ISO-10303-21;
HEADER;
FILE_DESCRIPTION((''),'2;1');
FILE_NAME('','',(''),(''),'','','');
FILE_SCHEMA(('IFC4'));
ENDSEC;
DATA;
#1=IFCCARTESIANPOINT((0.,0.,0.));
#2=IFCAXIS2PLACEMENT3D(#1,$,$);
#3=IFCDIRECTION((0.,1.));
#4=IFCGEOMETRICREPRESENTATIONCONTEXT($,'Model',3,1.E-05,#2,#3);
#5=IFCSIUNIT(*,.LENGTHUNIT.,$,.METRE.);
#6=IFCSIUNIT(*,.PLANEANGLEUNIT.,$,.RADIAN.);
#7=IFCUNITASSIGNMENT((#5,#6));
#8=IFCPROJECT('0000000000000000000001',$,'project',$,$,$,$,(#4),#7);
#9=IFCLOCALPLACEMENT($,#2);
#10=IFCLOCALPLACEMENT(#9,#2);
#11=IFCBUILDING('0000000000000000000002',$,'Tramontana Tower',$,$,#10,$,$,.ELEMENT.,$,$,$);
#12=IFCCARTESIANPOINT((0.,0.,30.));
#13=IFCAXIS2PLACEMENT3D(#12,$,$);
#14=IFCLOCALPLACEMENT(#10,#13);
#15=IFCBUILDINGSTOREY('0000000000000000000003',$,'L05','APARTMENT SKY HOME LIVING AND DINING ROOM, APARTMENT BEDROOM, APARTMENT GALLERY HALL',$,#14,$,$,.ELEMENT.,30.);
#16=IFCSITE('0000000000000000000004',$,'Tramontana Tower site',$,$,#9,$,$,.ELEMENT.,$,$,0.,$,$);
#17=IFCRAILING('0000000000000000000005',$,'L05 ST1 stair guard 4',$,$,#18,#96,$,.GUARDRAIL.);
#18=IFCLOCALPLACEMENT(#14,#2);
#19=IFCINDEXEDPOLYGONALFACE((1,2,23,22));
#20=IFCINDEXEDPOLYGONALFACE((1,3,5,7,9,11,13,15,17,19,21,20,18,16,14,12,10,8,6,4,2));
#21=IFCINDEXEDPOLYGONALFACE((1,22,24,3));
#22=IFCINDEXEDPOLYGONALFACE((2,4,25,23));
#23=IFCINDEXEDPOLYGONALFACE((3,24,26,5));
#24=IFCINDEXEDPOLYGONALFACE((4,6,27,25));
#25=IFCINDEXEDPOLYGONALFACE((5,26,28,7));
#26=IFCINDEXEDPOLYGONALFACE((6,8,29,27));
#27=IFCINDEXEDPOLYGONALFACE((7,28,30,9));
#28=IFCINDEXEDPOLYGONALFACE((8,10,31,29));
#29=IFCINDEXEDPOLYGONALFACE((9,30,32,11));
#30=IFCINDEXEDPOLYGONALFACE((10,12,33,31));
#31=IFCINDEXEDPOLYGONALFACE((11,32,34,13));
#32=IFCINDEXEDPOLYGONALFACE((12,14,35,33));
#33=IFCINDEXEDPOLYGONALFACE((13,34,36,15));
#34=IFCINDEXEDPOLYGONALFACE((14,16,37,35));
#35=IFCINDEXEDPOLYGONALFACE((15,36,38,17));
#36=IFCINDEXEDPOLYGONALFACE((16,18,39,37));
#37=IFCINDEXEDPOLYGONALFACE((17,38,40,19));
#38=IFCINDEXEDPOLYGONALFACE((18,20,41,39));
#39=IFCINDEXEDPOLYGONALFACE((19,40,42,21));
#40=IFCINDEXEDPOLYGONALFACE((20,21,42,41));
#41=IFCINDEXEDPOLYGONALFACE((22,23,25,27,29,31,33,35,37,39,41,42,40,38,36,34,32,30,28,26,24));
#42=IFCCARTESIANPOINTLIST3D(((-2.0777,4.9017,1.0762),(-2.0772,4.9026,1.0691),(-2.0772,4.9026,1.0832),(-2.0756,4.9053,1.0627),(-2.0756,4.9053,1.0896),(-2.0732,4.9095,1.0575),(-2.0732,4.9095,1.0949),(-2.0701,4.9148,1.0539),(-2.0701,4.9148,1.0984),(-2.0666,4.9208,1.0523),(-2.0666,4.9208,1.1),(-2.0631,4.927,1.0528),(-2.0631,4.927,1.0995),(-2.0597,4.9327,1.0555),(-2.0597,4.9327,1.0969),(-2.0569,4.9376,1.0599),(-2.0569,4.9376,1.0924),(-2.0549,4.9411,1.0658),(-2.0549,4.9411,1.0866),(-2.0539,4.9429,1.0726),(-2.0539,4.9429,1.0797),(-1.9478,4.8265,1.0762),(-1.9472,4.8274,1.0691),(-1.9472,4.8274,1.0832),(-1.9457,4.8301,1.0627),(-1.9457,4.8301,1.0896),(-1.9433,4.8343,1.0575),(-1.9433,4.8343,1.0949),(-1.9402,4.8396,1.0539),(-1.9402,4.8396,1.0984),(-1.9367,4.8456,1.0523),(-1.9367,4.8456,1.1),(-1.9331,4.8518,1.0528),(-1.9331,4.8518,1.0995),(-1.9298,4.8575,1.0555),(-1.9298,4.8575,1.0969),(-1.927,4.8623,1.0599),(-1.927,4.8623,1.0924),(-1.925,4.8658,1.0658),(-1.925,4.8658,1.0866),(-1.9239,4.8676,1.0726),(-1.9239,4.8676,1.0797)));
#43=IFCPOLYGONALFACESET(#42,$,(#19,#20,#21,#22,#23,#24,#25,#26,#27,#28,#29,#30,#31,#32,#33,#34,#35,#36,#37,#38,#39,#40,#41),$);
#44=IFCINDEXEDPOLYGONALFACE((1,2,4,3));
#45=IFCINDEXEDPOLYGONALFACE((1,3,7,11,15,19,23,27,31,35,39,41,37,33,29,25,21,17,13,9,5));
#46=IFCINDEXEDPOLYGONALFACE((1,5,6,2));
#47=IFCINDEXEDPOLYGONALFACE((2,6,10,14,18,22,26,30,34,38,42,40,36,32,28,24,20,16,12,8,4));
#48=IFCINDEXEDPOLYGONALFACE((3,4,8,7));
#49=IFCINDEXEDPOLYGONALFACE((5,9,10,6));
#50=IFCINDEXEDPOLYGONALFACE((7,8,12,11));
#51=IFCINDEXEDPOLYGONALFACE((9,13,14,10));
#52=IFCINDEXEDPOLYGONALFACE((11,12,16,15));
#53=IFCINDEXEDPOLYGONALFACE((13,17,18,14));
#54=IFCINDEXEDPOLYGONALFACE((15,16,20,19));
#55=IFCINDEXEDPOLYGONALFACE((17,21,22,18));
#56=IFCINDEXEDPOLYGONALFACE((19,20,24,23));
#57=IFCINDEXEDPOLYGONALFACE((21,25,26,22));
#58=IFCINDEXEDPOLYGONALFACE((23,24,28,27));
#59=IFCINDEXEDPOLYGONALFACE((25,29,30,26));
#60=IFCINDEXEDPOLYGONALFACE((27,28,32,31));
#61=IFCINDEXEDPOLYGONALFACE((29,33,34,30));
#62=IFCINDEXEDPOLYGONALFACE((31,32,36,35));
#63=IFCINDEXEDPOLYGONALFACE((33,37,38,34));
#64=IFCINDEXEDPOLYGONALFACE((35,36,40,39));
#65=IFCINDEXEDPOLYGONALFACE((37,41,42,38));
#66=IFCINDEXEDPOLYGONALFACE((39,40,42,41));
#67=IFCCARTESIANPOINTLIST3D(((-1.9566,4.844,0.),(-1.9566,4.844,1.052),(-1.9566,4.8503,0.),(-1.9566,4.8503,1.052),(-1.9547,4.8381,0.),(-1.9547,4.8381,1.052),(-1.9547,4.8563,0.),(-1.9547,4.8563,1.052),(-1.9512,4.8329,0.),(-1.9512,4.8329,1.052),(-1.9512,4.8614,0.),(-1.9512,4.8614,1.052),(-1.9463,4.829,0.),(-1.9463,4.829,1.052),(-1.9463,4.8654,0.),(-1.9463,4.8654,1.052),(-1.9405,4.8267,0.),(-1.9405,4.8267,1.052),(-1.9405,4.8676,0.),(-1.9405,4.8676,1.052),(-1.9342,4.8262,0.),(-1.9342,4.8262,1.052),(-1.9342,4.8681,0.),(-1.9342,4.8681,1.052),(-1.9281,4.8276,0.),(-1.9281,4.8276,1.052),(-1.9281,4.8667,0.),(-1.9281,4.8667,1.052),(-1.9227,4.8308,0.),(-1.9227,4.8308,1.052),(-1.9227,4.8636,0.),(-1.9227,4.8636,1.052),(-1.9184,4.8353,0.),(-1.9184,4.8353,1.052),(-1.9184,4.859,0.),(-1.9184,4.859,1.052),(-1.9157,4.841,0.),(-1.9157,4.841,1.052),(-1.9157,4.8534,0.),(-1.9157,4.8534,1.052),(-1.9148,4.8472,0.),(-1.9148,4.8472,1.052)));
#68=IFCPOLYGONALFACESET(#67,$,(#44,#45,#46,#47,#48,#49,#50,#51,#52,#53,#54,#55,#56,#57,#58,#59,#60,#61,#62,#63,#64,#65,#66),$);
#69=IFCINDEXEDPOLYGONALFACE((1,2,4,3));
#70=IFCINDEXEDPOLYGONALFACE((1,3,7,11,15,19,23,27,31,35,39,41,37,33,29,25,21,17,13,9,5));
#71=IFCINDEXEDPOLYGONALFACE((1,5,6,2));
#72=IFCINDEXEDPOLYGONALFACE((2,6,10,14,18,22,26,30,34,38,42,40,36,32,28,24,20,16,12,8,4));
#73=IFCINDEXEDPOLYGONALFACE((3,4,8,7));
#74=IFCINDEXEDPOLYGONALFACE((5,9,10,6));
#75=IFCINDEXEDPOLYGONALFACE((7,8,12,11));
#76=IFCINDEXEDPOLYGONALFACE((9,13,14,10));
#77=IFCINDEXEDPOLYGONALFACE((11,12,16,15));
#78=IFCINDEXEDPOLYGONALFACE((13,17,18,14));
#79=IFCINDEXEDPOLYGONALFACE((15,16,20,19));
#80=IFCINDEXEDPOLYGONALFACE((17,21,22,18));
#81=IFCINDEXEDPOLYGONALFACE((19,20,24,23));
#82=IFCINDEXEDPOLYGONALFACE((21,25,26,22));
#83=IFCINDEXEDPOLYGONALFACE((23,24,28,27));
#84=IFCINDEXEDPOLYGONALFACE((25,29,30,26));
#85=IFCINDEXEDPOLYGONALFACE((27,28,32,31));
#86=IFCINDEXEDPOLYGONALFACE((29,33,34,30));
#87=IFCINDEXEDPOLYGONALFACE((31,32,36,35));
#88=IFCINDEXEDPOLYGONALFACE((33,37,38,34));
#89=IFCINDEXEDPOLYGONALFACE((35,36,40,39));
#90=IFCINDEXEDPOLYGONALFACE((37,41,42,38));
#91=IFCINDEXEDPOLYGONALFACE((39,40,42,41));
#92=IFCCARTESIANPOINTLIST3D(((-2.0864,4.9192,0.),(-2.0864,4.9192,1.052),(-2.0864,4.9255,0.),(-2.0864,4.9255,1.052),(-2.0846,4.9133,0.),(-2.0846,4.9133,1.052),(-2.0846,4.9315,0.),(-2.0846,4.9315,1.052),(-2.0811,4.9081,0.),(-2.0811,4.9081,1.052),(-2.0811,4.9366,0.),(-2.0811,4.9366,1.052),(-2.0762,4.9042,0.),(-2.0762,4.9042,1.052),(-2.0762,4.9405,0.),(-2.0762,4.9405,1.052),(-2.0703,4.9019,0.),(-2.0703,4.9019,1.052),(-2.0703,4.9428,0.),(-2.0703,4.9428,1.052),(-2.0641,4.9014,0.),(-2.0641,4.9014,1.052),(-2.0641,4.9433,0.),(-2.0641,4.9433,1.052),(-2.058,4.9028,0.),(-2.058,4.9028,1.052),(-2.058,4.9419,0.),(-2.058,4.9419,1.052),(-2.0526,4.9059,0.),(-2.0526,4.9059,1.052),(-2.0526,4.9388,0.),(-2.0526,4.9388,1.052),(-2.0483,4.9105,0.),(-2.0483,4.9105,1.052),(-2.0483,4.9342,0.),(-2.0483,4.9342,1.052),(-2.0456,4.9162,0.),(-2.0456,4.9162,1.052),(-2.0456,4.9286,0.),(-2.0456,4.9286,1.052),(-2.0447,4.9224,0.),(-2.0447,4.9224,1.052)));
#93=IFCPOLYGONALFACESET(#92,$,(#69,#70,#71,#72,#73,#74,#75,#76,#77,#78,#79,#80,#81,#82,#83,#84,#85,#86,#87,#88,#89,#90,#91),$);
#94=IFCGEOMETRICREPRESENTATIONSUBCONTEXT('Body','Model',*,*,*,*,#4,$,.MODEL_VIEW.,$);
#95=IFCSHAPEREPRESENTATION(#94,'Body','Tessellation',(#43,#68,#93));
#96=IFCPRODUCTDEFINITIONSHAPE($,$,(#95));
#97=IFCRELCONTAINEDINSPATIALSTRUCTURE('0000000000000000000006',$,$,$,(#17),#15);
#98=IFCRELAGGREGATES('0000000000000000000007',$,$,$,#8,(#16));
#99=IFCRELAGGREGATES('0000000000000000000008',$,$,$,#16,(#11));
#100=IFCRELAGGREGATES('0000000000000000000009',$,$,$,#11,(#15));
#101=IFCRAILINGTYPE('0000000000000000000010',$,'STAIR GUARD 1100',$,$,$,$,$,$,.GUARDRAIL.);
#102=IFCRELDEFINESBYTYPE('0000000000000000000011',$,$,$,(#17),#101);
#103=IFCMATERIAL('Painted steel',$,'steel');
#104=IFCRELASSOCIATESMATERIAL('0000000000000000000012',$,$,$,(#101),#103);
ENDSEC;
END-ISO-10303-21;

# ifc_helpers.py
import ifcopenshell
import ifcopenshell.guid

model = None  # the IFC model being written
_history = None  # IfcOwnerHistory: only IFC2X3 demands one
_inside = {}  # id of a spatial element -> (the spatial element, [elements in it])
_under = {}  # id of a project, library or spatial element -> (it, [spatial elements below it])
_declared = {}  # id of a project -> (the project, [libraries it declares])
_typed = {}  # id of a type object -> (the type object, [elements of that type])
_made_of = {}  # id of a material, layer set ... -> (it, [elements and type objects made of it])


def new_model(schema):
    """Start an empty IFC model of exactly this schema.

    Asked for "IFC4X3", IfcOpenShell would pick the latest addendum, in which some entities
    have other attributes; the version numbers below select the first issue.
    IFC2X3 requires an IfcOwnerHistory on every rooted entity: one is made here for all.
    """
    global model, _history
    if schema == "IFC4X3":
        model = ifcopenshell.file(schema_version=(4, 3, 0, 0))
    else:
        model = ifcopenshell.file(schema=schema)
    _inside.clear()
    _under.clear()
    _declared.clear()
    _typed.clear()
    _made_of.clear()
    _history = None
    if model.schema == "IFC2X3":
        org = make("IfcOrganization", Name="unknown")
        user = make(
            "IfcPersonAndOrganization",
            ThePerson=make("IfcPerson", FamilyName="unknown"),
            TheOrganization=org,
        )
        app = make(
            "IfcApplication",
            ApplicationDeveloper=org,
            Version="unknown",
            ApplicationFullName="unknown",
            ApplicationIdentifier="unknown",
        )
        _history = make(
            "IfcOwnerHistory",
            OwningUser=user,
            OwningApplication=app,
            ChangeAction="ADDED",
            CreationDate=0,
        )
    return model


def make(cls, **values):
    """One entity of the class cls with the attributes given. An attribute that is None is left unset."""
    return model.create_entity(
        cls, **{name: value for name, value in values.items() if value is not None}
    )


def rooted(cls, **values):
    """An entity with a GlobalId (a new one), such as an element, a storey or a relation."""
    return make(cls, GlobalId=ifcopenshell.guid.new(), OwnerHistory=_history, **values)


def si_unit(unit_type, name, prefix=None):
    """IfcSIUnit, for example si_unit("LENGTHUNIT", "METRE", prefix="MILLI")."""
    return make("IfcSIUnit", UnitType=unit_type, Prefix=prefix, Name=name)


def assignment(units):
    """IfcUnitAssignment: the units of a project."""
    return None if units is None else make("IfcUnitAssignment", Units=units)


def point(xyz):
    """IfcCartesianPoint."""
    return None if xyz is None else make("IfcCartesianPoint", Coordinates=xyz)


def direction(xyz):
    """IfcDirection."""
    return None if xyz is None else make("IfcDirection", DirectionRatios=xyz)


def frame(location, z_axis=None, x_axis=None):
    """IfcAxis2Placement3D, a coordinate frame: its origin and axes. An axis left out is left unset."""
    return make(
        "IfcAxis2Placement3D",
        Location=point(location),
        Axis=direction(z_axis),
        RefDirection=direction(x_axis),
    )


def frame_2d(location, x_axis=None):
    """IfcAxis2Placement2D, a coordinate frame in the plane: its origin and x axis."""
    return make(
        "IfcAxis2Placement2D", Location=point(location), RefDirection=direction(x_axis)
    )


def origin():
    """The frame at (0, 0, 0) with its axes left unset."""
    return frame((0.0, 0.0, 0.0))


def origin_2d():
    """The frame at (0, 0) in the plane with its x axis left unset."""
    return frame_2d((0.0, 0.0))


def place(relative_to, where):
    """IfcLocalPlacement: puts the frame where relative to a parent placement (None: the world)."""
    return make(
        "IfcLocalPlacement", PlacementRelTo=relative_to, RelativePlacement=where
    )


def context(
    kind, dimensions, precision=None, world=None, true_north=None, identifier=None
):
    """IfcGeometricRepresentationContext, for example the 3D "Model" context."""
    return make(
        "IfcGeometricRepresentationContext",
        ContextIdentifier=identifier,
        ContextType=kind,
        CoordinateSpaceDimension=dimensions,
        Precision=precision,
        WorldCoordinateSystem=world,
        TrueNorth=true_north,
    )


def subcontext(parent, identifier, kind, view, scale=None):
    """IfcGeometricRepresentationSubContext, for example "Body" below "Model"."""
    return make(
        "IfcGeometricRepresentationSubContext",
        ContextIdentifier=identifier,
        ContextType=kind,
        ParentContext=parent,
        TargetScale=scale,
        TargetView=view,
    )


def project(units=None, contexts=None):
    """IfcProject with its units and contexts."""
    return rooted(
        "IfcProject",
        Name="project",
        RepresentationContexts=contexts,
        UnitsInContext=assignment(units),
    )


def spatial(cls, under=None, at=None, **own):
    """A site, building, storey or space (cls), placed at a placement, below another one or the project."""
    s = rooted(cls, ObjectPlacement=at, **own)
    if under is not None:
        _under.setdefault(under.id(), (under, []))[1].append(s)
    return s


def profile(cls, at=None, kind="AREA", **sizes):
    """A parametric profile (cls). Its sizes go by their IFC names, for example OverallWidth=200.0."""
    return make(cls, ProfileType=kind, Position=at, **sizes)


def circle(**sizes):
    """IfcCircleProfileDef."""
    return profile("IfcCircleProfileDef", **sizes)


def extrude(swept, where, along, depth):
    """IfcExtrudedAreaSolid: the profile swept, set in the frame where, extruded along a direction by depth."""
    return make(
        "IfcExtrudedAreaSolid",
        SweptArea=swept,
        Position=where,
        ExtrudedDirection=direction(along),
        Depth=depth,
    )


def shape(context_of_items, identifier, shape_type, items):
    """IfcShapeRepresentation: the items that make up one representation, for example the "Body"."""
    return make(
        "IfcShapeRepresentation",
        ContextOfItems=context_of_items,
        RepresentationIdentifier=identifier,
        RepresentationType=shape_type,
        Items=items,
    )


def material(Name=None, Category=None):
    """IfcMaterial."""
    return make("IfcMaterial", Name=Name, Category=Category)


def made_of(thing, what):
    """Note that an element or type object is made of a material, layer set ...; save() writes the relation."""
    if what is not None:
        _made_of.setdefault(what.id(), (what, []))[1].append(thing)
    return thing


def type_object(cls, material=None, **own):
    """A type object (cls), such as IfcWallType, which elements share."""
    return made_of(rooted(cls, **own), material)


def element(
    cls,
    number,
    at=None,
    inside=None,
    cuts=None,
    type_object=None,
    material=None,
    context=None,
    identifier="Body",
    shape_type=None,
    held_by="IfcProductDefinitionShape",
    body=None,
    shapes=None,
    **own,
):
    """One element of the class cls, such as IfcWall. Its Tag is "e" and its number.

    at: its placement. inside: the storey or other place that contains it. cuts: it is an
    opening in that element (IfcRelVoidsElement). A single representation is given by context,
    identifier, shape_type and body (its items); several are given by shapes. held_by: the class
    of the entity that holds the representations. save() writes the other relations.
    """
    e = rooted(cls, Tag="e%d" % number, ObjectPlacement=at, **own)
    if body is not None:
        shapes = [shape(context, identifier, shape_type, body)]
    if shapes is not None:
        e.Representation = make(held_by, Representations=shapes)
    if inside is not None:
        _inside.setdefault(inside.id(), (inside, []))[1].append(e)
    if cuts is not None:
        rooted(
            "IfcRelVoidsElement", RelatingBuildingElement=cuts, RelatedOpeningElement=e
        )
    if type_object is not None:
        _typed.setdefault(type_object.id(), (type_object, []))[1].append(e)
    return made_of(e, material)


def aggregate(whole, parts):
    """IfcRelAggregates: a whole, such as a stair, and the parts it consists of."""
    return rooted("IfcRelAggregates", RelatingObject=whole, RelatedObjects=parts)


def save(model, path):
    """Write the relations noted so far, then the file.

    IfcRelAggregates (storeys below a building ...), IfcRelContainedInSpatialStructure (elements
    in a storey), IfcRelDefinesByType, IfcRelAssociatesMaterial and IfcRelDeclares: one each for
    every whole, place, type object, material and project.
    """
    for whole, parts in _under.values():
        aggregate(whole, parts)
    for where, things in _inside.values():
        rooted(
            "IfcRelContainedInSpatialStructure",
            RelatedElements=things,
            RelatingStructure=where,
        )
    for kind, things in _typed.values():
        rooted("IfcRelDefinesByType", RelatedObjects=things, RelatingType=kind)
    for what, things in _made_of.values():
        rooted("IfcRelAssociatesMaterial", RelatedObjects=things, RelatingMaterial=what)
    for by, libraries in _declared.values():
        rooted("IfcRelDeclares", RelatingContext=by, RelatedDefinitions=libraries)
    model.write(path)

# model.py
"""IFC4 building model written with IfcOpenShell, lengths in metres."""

from ifc_helpers import new_model, si_unit, direction, frame, origin, origin_2d, place, context, subcontext, project, spatial, circle, extrude, material, type_object, element, save


model = new_model("IFC4")

# Units and contexts
model_context = context("Model", 3, precision=1e-05, world=origin(), true_north=direction((0.0, 1.0)))
body_context = subcontext(model_context, "Body", "Model", "MODEL_VIEW")
ifc_project = project(units=[si_unit("LENGTHUNIT", "METRE"), si_unit("PLANEANGLEUNIT", "RADIAN")], contexts=[model_context])

# Site, building, storey
site_placement = place(None, origin())
site = spatial("IfcSite", under=ifc_project, at=site_placement, Name="Tramontana Tower site", CompositionType="ELEMENT", RefElevation=0.0)
building_placement = place(site_placement, origin())
building = spatial("IfcBuilding", under=site, at=building_placement, Name="Tramontana Tower", CompositionType="ELEMENT")
storey_placement = place(building_placement, frame((0.0, 0.0, 30.0)))
storey = spatial("IfcBuildingStorey", under=building, at=storey_placement, Name="L05", Description="APARTMENT SKY HOME LIVING AND DINING ROOM, APARTMENT BEDROOM, APARTMENT GALLERY HALL", CompositionType="ELEMENT", Elevation=30.0)

# Railing
ifc_material_1 = material(Name="Painted steel", Category="steel")
railing_type_1 = type_object("IfcRailingType", Name="STAIR GUARD 1100", PredefinedType="GUARDRAIL", material=ifc_material_1)
railing_1_placement = place(storey_placement, frame((-1.9358, 4.8472, 0.0)))
element("IfcRailing", 1, at=railing_1_placement, inside=storey, type_object=railing_type_1, Name="L05 ST1 stair guard 4", PredefinedType="GUARDRAIL", context=body_context, shape_type="SweptSolid", body=[
    extrude(circle(Radius=0.0239, at=origin_2d()), frame((0.0, 0.0, 1.0762), z_axis=(-0.865426, 0.501036, 0.0), x_axis=(-0.501036, -0.865426, 0.0)), (0.0, 0.0, 1.0), 0.1501),
    extrude(circle(Radius=0.021, at=origin_2d()), origin(), (0.0, 0.0, 1.0), 1.052),
    extrude(circle(Radius=0.021, at=origin_2d()), frame((-0.1299, 0.0752, 0.0)), (0.0, 0.0, 1.0), 1.052),
])

save(model, "model.ifc")
